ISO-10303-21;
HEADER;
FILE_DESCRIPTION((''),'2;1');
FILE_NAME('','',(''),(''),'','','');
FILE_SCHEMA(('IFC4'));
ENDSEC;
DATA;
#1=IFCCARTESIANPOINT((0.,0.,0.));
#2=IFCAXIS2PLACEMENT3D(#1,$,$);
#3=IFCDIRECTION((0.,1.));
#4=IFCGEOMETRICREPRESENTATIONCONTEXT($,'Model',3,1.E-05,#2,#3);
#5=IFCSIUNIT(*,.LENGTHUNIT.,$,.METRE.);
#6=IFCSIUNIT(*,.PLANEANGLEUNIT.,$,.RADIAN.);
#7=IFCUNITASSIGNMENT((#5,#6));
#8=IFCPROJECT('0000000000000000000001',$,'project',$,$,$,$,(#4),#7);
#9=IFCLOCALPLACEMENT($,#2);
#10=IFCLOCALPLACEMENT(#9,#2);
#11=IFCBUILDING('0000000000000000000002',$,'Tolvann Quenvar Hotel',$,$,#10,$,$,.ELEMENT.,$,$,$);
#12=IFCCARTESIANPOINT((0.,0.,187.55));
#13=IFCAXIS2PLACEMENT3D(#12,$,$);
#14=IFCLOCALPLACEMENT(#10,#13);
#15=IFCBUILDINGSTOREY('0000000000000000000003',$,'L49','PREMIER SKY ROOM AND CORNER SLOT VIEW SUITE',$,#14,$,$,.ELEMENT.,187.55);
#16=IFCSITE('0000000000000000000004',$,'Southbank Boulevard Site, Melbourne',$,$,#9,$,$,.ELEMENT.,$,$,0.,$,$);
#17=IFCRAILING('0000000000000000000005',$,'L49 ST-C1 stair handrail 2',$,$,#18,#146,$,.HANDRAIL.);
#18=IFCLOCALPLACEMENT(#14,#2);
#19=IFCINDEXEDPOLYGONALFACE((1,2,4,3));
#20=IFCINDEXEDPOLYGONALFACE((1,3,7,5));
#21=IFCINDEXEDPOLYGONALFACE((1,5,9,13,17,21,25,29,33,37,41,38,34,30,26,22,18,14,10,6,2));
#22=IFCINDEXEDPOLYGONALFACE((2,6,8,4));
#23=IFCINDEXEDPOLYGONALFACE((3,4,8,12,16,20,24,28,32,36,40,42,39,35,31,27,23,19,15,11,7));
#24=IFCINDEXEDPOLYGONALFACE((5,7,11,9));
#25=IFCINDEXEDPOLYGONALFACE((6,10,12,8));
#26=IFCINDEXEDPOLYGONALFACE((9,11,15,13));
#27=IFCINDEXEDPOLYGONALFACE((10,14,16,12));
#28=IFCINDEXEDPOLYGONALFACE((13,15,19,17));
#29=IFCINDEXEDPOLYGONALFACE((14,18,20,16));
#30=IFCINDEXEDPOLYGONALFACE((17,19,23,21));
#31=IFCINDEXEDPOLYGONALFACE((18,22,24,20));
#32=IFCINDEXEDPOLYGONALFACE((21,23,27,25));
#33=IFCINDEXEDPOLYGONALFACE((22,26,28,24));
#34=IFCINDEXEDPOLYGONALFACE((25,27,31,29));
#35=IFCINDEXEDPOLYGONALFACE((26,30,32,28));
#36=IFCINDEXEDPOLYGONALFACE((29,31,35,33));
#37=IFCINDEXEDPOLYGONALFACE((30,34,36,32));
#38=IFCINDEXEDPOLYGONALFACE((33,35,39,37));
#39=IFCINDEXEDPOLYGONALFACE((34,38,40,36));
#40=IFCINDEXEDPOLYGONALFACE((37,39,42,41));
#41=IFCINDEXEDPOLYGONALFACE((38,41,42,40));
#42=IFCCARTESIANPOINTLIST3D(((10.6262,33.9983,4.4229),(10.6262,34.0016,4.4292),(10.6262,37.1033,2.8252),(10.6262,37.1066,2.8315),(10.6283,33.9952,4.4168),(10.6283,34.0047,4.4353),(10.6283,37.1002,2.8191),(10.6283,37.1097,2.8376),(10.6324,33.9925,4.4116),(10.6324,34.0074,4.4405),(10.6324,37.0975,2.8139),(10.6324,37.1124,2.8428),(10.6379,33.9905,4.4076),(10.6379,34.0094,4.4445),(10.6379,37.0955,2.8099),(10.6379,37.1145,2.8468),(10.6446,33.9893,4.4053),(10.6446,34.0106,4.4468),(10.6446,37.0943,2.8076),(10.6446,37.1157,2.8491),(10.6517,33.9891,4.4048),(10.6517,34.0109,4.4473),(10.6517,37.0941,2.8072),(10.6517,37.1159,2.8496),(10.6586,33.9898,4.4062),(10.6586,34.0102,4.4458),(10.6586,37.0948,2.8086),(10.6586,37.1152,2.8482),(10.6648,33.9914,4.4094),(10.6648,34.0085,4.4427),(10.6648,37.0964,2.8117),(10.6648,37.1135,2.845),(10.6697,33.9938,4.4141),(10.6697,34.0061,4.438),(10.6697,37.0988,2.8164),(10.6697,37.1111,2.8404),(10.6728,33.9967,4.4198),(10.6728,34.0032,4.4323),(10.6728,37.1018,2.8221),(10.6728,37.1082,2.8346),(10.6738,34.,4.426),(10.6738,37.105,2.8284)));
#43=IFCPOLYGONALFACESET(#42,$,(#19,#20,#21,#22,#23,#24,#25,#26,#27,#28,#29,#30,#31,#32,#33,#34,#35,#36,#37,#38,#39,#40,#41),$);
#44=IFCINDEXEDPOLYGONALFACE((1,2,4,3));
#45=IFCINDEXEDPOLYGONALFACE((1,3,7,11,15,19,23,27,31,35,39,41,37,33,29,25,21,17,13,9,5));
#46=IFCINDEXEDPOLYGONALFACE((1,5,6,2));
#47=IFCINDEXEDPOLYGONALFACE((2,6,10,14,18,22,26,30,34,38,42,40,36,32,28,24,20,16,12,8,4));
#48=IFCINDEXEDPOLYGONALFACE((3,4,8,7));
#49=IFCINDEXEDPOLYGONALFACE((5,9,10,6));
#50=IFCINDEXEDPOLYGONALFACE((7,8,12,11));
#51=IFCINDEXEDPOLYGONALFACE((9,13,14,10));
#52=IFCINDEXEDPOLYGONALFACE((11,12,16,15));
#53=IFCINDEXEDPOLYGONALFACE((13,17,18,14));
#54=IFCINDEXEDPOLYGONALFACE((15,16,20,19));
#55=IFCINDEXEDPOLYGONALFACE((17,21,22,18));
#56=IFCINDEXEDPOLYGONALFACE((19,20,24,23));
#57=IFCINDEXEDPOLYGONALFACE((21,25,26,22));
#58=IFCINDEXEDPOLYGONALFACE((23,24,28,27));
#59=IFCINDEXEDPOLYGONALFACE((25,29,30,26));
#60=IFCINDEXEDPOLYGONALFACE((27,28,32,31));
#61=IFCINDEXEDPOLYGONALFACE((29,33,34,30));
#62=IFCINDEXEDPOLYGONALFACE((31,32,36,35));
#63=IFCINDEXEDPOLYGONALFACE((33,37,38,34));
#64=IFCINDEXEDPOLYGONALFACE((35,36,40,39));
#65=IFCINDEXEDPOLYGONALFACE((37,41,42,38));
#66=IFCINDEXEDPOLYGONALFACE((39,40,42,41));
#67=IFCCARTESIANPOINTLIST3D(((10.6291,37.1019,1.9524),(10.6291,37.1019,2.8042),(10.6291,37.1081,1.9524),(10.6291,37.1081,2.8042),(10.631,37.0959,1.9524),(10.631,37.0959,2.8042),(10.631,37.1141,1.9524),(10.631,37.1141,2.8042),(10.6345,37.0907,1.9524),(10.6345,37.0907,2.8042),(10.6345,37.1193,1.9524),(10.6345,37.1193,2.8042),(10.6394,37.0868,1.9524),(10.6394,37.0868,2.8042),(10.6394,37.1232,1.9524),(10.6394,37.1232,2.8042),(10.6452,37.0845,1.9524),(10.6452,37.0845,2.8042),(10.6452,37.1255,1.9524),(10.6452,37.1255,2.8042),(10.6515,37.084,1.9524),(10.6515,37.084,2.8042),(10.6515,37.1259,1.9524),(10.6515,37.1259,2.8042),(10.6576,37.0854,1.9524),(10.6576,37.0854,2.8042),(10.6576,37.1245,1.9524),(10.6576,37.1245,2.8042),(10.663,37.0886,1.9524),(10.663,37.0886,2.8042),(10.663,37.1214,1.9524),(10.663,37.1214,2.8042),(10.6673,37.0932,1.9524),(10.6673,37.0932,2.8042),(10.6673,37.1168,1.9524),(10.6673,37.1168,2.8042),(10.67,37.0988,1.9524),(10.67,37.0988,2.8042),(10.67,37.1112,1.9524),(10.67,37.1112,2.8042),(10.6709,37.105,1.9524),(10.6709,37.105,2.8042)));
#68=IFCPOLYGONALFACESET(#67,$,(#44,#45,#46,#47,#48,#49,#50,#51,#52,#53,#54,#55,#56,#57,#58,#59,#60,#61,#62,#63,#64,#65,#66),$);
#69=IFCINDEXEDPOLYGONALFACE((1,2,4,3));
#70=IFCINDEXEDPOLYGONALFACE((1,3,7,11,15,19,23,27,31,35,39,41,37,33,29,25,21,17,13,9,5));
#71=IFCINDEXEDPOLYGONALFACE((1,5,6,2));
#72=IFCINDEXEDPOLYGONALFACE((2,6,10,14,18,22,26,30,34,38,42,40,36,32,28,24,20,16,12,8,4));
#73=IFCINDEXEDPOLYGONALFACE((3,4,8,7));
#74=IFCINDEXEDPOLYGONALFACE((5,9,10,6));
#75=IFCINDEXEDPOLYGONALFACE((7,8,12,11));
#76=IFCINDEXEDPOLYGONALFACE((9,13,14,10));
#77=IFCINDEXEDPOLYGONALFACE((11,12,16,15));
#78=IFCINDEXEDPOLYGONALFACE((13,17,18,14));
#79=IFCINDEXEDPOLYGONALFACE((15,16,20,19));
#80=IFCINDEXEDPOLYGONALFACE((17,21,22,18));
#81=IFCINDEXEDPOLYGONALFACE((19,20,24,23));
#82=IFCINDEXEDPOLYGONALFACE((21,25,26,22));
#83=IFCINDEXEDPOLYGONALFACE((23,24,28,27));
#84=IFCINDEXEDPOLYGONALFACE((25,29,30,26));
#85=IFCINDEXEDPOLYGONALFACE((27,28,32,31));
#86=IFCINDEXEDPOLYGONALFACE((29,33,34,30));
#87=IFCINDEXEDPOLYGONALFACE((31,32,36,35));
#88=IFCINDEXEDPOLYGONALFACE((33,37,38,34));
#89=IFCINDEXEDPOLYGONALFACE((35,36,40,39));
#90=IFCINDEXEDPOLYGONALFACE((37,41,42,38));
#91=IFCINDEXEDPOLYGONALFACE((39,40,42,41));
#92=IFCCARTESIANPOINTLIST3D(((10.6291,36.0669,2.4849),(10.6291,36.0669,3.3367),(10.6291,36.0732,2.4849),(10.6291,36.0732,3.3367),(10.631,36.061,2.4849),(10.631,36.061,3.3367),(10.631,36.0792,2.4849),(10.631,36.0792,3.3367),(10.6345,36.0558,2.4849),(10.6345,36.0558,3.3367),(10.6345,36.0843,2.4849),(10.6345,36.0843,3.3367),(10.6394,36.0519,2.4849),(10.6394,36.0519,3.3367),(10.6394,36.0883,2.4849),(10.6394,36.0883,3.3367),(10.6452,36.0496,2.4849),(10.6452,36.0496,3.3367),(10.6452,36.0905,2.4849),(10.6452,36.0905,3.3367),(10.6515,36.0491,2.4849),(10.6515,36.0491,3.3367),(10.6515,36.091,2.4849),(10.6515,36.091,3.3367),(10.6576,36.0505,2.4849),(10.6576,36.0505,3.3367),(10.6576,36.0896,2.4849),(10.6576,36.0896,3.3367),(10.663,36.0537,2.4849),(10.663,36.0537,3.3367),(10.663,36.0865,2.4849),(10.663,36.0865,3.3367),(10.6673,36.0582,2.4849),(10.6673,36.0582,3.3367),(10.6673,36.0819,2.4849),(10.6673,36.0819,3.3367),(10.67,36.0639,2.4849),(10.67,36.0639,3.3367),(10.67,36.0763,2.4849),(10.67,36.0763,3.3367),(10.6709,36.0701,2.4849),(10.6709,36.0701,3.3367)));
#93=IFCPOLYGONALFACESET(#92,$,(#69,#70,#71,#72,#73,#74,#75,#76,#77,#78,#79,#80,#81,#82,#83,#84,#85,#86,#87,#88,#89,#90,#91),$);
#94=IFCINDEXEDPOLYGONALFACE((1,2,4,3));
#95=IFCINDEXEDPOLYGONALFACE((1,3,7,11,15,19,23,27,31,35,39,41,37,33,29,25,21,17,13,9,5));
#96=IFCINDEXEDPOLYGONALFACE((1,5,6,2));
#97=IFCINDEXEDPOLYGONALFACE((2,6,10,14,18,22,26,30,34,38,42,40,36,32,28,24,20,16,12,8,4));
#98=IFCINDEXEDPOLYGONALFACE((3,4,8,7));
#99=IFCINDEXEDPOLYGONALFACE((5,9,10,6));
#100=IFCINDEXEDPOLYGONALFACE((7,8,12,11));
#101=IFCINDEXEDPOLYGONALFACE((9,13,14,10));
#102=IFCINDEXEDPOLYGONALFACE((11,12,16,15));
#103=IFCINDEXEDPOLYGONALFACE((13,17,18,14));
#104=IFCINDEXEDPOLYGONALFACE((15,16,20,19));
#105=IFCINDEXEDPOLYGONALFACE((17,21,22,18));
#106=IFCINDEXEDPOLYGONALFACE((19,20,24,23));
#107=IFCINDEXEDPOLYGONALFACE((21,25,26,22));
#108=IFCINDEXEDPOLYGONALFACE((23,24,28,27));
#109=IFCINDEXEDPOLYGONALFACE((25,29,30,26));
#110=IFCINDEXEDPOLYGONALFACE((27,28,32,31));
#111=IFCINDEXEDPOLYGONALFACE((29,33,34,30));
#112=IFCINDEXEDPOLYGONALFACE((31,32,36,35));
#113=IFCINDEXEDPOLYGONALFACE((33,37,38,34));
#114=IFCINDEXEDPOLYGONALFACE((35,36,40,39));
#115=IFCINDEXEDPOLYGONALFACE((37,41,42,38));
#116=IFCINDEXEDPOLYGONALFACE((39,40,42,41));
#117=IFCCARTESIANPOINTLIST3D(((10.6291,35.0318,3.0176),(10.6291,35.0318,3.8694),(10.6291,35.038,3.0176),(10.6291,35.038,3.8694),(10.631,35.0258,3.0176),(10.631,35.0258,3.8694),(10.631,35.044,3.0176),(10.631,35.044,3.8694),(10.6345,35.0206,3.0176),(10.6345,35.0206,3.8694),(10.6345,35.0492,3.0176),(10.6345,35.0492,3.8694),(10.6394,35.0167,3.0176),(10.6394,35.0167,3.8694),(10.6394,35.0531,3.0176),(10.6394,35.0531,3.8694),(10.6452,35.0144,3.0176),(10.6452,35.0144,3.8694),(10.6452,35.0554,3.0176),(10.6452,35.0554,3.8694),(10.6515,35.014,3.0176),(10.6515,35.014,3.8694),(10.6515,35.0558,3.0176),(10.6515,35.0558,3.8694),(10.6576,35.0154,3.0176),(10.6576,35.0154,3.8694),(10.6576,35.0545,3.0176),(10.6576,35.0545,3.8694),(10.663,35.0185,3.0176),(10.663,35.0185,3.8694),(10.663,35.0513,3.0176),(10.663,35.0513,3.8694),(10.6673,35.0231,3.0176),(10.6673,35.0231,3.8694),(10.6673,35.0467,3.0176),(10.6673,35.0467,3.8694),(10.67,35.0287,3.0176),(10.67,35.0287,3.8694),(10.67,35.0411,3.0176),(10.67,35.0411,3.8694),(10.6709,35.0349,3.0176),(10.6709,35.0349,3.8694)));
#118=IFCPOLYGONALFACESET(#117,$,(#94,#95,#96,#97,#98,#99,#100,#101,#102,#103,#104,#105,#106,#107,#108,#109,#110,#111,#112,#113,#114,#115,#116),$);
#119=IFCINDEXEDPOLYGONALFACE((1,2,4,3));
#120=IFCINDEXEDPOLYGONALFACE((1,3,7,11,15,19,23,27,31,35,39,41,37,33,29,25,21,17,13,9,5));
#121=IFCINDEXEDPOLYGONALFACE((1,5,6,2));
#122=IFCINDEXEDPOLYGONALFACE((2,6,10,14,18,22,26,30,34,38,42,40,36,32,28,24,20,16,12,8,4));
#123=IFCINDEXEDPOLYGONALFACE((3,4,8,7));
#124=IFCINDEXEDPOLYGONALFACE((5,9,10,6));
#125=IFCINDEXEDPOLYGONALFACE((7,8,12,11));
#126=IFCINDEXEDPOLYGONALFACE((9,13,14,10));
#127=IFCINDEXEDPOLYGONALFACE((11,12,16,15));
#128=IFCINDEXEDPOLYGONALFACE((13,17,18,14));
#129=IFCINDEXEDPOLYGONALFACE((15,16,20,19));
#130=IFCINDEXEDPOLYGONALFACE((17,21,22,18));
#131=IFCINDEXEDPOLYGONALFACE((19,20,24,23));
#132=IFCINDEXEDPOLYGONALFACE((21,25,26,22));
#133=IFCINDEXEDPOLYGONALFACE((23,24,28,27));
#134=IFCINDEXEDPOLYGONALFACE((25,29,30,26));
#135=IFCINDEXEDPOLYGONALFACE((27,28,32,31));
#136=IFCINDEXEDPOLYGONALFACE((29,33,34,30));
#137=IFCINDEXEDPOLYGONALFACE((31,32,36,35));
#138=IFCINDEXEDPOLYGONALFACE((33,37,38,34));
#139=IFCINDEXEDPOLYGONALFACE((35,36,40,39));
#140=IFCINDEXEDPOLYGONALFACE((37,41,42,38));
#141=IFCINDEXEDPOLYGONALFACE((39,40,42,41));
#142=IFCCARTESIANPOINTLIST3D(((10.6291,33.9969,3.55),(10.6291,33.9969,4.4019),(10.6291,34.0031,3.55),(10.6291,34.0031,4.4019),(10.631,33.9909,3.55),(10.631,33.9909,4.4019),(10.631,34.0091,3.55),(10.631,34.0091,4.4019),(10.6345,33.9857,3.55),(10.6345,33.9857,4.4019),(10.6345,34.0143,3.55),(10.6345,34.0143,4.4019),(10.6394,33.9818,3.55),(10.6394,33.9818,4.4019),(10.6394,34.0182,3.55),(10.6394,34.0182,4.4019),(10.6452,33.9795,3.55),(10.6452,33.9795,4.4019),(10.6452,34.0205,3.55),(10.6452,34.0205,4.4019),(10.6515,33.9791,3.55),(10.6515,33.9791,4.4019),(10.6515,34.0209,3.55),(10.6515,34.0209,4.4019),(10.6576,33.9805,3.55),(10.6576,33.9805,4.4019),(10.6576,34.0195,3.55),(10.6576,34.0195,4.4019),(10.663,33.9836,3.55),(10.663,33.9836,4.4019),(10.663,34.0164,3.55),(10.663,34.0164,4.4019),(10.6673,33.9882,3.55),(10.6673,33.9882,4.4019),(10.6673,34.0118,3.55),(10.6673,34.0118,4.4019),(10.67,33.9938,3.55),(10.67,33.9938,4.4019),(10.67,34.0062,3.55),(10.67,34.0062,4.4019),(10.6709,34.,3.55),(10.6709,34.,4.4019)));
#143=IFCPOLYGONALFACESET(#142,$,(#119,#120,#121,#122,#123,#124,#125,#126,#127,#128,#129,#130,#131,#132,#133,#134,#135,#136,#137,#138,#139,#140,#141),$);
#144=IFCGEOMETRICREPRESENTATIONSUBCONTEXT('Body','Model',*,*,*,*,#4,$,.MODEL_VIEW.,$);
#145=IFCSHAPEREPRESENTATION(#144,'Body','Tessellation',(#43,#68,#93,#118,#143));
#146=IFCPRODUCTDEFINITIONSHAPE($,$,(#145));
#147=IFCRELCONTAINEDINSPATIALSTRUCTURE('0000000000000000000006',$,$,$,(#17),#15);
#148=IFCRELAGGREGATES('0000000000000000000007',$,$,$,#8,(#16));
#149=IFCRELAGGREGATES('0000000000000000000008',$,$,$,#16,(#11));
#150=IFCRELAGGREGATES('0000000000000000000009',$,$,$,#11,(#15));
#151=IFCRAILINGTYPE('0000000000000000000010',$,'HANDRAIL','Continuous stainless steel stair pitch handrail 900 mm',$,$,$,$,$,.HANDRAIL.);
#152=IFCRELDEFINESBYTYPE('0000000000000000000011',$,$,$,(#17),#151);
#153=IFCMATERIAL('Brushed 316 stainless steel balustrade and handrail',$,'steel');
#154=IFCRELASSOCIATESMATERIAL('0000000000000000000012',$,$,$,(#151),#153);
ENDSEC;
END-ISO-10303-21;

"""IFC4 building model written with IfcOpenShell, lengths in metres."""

from ifc_helpers import new_model, si_unit, direction, frame, origin, origin_2d, place, context, subcontext, project, spatial, circle, extrude, material, type_object, element, save


model = new_model("IFC4")

# Units and contexts
model_context = context("Model", 3, precision=1e-05, world=origin(), true_north=direction((0.0, 1.0)))
body_context = subcontext(model_context, "Body", "Model", "MODEL_VIEW")
ifc_project = project(units=[si_unit("LENGTHUNIT", "METRE"), si_unit("PLANEANGLEUNIT", "RADIAN")], contexts=[model_context])

# Site, building, storey
site_placement = place(None, origin())
site = spatial("IfcSite", under=ifc_project, at=site_placement, Name="Southbank Boulevard Site, Melbourne", CompositionType="ELEMENT", RefElevation=0.0)
building_placement = place(site_placement, origin())
building = spatial("IfcBuilding", under=site, at=building_placement, Name="Tolvann Quenvar Hotel", CompositionType="ELEMENT")
storey_placement = place(building_placement, frame((0.0, 0.0, 187.55)))
storey = spatial("IfcBuildingStorey", under=building, at=storey_placement, Name="L49", Description="PREMIER SKY ROOM AND CORNER SLOT VIEW SUITE", CompositionType="ELEMENT", Elevation=187.55)

# Railing
ifc_material_1 = material(Name="Brushed 316 stainless steel balustrade and handrail", Category="steel")
railing_type_1 = type_object("IfcRailingType", Name="HANDRAIL", Description="Continuous stainless steel stair pitch handrail 900 mm", PredefinedType="HANDRAIL", material=ifc_material_1)
railing_1_placement = place(storey_placement, frame((10.6499, 37.105, 1.9524)))
element("IfcRailing", 1, at=railing_1_placement, inside=storey, type_object=railing_type_1, Name="L49 ST-C1 stair handrail 2", PredefinedType="HANDRAIL", context=body_context, shape_type="SweptSolid", body=[
    extrude(circle(Radius=0.0239, at=origin_2d()), frame((0.0, 0.0, 0.876), z_axis=(0.0, -0.889194, 0.457531), x_axis=(1.0, 0.0, 0.0)), (0.0, 0.0, 1.0), 3.4919),
    extrude(circle(Radius=0.021, at=origin_2d()), origin(), (0.0, 0.0, 1.0), 0.8518),
    extrude(circle(Radius=0.021, at=origin_2d()), frame((0.0, -1.0349, 0.5325)), (0.0, 0.0, 1.0), 0.8518),
    extrude(circle(Radius=0.021, at=origin_2d()), frame((0.0, -2.0701, 1.0652)), (0.0, 0.0, 1.0), 0.8518),
    extrude(circle(Radius=0.021, at=origin_2d()), frame((0.0, -3.105, 1.5977)), (0.0, 0.0, 1.0), 0.8518),
])

save(model, "model.ifc")
